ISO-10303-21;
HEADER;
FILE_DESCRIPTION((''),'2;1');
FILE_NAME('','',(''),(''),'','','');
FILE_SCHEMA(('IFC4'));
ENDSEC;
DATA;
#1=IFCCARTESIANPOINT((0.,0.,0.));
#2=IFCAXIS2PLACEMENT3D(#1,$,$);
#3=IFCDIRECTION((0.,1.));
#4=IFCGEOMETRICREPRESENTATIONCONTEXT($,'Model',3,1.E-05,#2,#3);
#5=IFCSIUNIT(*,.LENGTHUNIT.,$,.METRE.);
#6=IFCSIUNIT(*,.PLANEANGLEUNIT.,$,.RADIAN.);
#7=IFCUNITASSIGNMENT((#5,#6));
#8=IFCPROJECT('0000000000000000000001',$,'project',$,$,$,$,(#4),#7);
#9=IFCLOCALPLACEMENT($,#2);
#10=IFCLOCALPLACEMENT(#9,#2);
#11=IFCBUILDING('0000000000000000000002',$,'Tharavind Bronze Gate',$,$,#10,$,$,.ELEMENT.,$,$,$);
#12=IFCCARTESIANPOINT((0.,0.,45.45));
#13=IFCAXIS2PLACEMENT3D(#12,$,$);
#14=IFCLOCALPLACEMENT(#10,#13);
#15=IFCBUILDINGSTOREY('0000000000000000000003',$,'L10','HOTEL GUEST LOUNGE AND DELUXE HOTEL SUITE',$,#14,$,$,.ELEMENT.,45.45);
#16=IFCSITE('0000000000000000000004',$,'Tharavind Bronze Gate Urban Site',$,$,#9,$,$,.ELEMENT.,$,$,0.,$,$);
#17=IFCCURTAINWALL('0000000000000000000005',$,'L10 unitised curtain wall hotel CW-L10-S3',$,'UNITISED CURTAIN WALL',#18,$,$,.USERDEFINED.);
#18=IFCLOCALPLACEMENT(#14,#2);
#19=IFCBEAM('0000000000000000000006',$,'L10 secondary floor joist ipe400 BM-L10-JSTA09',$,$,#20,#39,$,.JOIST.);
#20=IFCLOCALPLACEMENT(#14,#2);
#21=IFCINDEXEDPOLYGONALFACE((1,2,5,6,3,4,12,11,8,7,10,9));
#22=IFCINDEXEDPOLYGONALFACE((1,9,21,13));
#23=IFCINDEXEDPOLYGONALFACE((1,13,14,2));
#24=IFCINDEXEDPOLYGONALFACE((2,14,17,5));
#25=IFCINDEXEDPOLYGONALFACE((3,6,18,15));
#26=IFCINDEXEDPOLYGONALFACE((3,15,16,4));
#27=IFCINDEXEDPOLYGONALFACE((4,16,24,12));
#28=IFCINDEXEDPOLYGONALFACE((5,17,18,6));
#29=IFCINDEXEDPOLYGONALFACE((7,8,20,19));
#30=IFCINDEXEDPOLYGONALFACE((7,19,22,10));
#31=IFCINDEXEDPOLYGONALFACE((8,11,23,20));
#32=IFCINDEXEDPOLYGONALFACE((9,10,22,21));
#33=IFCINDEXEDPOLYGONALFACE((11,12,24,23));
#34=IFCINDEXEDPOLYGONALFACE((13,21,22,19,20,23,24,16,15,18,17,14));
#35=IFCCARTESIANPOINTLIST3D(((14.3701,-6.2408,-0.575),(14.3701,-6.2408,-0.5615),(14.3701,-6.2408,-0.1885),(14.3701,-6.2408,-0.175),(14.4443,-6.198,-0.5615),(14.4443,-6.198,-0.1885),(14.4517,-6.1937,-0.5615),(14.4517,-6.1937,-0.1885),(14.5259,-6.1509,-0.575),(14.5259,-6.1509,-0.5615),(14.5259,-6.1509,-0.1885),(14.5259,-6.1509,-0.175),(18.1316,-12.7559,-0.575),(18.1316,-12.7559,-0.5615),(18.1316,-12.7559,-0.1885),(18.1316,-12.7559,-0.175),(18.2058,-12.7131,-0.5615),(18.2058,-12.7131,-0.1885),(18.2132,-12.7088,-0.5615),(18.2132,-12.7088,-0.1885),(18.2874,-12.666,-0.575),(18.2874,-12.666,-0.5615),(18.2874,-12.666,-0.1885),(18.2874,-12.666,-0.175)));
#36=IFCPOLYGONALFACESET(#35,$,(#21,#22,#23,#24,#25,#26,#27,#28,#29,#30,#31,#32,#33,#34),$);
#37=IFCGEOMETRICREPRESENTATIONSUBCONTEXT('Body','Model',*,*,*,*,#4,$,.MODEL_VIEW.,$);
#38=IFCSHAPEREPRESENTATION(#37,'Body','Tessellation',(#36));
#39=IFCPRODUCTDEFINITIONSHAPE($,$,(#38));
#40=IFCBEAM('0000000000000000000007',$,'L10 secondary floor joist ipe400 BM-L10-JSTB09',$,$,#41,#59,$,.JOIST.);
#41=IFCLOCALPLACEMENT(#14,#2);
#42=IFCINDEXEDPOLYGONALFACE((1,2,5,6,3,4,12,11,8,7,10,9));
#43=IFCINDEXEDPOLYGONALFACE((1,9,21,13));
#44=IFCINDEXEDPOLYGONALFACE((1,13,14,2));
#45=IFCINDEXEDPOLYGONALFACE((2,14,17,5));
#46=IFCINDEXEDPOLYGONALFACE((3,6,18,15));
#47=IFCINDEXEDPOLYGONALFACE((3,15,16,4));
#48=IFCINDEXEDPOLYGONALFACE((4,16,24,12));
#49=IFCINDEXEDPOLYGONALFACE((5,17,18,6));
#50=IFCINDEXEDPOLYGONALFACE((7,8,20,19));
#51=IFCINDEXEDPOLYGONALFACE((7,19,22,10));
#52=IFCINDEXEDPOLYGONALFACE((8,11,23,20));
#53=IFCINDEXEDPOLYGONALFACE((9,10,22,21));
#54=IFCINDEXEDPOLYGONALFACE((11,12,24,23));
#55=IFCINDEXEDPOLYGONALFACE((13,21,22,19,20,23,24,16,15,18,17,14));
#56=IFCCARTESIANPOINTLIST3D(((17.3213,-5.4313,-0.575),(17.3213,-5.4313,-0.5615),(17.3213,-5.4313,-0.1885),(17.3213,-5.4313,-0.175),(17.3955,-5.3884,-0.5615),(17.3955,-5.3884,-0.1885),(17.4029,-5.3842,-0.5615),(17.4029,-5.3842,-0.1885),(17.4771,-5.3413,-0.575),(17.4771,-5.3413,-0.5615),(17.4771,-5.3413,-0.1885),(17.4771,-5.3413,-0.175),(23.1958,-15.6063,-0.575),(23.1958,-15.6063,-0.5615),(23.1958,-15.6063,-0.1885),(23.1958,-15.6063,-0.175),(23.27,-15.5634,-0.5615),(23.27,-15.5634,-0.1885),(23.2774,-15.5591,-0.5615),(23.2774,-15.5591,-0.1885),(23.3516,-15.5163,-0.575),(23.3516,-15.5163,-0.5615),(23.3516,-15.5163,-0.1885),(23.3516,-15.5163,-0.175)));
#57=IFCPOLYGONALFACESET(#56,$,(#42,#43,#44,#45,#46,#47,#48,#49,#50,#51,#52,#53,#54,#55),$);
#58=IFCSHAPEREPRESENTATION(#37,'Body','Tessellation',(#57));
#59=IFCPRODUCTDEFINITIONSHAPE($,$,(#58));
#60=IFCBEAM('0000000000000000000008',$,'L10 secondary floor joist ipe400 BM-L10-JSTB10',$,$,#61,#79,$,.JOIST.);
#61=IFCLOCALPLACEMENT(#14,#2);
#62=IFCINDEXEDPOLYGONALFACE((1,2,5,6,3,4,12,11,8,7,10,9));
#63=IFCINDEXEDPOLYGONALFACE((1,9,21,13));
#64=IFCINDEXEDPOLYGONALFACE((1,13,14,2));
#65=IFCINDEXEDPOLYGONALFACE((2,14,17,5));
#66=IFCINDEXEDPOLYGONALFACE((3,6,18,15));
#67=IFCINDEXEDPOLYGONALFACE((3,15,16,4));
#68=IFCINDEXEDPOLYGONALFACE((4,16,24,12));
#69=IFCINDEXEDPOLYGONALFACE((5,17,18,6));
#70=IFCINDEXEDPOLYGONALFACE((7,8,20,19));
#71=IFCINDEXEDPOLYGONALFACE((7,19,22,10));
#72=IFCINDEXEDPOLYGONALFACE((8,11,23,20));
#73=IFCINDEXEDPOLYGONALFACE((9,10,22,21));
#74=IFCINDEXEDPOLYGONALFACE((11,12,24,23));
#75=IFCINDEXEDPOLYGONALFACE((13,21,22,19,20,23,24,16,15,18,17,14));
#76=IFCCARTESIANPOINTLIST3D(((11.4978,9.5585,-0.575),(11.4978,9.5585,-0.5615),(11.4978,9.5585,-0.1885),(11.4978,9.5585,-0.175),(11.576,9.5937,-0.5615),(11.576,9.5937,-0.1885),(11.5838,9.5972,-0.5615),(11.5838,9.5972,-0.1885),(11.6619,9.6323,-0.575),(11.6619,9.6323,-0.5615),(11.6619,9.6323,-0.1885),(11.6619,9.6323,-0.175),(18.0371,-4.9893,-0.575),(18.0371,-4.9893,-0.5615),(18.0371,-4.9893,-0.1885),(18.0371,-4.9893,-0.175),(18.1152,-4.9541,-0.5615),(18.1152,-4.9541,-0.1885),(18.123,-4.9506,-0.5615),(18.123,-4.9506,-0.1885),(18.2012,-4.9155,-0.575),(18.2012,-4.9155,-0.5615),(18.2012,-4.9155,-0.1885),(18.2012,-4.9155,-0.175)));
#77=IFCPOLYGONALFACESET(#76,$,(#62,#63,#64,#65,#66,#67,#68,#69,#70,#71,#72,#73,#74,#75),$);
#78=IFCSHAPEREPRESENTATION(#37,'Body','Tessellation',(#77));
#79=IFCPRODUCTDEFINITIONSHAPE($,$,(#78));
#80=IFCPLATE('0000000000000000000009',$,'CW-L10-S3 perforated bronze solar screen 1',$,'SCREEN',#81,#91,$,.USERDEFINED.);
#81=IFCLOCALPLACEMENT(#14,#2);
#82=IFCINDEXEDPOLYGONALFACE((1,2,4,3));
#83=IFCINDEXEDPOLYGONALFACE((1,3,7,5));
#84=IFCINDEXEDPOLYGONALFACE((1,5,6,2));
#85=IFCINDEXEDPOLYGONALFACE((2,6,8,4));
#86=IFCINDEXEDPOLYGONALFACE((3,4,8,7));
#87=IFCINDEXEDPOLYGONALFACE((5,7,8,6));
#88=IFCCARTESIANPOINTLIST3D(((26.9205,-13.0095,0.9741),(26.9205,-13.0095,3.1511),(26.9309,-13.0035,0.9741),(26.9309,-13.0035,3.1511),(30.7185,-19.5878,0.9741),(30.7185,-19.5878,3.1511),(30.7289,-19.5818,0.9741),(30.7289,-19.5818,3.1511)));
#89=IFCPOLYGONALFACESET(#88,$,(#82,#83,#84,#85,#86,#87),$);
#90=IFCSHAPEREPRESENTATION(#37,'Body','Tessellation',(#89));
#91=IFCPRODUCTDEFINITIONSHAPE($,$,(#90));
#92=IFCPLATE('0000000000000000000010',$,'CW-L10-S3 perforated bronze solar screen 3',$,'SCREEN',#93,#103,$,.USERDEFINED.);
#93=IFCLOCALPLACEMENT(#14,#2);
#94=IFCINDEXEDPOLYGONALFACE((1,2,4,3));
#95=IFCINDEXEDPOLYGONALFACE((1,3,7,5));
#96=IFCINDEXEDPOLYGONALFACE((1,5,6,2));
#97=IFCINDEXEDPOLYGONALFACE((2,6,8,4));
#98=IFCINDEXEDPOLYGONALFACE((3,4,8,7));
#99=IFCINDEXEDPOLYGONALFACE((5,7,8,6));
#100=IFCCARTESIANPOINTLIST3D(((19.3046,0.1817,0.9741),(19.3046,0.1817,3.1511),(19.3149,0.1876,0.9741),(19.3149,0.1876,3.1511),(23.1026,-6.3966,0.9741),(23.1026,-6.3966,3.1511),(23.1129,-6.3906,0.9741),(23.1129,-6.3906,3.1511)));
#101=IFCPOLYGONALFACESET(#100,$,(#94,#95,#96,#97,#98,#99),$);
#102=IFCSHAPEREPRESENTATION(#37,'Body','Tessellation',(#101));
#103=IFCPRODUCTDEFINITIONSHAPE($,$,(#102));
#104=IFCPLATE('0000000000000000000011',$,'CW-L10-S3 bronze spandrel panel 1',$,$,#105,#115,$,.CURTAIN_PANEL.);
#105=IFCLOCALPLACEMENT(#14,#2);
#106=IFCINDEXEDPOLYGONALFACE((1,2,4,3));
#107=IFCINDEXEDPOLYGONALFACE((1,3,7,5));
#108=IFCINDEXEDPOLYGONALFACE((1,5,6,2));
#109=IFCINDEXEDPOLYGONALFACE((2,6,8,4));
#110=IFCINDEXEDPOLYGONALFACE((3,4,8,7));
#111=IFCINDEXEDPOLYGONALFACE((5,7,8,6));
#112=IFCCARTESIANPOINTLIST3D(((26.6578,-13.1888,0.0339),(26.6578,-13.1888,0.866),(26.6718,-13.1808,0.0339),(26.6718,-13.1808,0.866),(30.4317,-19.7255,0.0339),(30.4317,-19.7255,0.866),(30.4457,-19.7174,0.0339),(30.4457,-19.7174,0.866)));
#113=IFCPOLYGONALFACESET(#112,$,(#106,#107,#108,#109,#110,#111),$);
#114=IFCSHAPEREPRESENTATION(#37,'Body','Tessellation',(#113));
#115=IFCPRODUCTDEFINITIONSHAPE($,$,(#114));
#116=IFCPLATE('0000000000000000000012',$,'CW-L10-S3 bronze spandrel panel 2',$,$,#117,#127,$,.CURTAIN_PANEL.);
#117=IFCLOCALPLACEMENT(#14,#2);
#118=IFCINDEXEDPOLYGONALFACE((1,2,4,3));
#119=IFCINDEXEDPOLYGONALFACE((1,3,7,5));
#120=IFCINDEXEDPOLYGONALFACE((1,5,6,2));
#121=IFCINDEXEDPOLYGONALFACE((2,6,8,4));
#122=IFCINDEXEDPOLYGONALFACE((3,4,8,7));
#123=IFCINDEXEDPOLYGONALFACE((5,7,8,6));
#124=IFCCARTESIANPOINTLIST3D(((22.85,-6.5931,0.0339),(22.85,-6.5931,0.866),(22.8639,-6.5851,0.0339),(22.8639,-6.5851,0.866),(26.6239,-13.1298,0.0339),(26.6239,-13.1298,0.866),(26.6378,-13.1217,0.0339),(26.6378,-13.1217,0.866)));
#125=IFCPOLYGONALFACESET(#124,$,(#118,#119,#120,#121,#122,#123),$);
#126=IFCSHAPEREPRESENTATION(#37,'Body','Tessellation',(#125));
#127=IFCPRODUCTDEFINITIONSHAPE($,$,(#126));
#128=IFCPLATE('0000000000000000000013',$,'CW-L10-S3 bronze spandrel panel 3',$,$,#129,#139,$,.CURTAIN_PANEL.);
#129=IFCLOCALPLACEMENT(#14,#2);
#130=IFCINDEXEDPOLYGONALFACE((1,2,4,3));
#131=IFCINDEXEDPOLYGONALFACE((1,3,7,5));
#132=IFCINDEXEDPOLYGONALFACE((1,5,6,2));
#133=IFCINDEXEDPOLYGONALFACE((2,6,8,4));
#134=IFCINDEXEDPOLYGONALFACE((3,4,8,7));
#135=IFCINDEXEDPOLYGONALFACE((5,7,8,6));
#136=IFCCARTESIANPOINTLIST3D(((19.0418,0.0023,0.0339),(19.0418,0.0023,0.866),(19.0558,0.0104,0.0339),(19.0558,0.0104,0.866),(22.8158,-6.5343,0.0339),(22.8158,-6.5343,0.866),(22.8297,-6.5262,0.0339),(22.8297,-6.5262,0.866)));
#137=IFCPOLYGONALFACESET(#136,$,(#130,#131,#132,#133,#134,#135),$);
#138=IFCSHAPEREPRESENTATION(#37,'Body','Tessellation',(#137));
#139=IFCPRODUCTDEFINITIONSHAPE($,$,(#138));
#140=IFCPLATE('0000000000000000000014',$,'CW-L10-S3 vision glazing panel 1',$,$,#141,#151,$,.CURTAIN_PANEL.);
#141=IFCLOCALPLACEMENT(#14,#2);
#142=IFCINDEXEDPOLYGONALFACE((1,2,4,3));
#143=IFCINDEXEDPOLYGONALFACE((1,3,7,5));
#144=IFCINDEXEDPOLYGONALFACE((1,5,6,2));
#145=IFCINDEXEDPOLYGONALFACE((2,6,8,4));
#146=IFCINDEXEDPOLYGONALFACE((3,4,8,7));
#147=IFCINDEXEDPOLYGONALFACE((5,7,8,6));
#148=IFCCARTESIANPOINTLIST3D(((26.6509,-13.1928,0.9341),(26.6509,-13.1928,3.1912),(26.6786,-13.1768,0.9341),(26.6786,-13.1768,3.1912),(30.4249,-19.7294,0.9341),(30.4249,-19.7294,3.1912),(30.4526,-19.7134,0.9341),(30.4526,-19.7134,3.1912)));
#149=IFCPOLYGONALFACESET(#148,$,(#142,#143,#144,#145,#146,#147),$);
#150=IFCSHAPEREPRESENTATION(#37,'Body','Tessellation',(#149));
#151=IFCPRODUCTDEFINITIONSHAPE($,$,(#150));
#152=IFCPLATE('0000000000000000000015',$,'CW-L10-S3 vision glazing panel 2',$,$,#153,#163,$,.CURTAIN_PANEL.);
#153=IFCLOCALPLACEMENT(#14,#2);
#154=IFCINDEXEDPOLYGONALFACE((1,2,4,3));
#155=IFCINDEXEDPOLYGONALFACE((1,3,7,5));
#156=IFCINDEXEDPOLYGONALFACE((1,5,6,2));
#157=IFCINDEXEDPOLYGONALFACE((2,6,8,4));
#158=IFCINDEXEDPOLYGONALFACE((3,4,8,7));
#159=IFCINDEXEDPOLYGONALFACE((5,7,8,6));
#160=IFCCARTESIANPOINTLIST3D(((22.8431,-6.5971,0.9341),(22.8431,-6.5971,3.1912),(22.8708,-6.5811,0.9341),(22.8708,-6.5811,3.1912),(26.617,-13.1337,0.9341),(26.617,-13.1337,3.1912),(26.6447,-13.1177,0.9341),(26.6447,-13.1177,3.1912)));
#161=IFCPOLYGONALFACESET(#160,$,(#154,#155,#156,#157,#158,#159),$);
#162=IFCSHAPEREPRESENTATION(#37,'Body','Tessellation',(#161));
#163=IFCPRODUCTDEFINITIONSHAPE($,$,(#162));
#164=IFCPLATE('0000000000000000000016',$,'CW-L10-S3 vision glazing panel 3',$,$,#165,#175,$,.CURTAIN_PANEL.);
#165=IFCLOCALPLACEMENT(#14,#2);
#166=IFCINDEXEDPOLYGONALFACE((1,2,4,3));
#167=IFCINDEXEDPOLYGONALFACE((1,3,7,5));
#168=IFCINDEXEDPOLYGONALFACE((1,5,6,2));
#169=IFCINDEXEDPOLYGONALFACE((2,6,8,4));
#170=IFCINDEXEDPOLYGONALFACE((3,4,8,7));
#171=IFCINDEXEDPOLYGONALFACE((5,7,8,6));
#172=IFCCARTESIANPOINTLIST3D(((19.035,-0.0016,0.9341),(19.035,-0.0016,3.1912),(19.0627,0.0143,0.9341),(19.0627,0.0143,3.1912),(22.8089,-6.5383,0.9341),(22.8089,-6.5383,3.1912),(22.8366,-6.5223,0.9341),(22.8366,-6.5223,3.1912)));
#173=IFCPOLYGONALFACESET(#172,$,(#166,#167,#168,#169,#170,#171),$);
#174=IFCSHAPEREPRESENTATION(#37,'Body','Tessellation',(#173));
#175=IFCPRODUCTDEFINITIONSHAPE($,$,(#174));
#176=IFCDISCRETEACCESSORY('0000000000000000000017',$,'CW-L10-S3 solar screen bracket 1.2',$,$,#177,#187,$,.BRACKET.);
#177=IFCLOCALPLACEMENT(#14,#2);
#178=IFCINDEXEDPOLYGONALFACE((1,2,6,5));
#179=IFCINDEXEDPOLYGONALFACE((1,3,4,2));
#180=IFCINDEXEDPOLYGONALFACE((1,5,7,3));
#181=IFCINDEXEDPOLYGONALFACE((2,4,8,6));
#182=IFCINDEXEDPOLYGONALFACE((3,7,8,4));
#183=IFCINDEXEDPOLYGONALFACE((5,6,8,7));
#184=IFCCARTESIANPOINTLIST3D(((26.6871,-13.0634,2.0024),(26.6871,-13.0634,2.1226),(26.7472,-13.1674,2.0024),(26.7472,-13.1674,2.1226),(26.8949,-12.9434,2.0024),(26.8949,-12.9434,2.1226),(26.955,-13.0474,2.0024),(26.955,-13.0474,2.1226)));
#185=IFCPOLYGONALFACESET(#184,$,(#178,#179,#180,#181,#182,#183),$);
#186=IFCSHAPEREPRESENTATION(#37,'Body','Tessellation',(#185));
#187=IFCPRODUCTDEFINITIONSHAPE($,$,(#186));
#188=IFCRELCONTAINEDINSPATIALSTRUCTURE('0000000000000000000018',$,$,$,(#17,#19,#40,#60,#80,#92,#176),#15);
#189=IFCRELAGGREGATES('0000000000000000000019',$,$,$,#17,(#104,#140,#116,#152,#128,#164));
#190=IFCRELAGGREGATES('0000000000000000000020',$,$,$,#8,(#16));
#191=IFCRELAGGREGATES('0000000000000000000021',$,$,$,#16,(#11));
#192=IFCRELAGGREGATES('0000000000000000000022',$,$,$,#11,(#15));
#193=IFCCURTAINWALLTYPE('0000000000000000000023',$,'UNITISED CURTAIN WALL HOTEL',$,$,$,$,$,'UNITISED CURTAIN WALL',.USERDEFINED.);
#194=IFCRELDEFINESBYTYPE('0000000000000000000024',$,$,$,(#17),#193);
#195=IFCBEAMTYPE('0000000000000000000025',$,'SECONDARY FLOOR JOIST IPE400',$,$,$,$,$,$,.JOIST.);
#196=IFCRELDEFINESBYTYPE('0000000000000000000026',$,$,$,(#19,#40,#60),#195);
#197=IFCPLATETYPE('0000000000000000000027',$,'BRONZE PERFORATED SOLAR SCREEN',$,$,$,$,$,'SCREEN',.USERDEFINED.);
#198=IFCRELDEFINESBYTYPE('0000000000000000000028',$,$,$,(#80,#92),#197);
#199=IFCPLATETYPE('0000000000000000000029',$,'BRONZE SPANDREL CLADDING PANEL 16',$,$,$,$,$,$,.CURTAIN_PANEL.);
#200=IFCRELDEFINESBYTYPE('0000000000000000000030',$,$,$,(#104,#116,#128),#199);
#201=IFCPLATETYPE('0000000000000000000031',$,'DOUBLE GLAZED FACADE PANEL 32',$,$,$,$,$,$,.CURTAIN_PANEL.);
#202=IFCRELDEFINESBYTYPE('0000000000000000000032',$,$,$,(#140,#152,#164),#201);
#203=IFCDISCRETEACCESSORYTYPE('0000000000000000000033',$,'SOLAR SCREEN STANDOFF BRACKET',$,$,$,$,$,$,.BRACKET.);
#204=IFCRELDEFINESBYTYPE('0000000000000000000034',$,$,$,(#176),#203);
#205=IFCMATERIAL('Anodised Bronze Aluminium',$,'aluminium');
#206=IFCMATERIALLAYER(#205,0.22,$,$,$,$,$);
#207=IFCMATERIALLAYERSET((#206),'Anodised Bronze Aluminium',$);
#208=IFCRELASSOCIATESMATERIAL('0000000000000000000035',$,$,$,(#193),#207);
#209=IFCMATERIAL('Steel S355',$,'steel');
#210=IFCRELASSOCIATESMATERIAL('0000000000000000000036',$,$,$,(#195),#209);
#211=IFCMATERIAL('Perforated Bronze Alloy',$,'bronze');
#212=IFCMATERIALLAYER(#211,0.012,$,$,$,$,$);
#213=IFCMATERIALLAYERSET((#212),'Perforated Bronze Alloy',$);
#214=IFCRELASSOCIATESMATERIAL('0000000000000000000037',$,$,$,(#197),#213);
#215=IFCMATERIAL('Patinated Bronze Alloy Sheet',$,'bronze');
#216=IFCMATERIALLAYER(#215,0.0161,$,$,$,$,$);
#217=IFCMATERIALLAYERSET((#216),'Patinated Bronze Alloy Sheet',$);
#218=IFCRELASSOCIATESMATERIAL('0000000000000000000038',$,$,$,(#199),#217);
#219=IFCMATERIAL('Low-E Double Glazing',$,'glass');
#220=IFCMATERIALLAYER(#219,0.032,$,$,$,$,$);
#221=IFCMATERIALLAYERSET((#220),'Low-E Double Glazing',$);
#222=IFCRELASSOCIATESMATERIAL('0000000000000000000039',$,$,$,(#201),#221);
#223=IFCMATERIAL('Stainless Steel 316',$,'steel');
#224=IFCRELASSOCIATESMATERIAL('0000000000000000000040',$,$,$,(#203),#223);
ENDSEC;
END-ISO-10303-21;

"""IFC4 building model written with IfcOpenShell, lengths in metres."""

from ifc_helpers import new_model, si_unit, direction, frame, origin, origin_2d, place, context, subcontext, project, spatial, rectangle, i_section, extrude, material, layer, layer_set, material_profile, profile_set, type_object, element, aggregate, save


model = new_model("IFC4")

# Units and contexts
model_context = context("Model", 3, precision=1e-05, world=origin(), true_north=direction((0.0, 1.0)))
body_context = subcontext(model_context, "Body", "Model", "MODEL_VIEW")
ifc_project = project(units=[si_unit("LENGTHUNIT", "METRE"), si_unit("PLANEANGLEUNIT", "RADIAN")], contexts=[model_context])

# Site, building, storey
site_placement = place(None, origin())
site = spatial("IfcSite", under=ifc_project, at=site_placement, Name="Tharavind Bronze Gate Urban Site", CompositionType="ELEMENT", RefElevation=0.0)
building_placement = place(site_placement, origin())
building = spatial("IfcBuilding", under=site, at=building_placement, Name="Tharavind Bronze Gate", CompositionType="ELEMENT")
storey_placement = place(building_placement, frame((0.0, 0.0, 45.45)))
storey = spatial("IfcBuildingStorey", under=building, at=storey_placement, Name="L10", Description="HOTEL GUEST LOUNGE AND DELUXE HOTEL SUITE", CompositionType="ELEMENT", Elevation=45.45)

# Curtain wall
ifc_material_1 = material(Name="Anodised Bronze Aluminium", Category="aluminium")
ifc_layer_1 = layer(ifc_material_1, 0.22)
ifc_layer_set_1 = layer_set([ifc_layer_1], Name="Anodised Bronze Aluminium")
curtain_wall_type = type_object("IfcCurtainWallType", Name="UNITISED CURTAIN WALL HOTEL", ElementType="UNITISED CURTAIN WALL", PredefinedType="USERDEFINED", material=ifc_layer_set_1)
curtain_wall_placement = place(storey_placement, origin())
curtain_wall = element("IfcCurtainWall", 1, at=curtain_wall_placement, inside=storey, type_object=curtain_wall_type, Name="L10 unitised curtain wall hotel CW-L10-S3", ObjectType="UNITISED CURTAIN WALL", PredefinedType="USERDEFINED")

# Beams
ifc_material_2 = material(Name="Steel S355", Category="steel")
ifc_material_profile_1 = material_profile(ifc_material_2, i_section(OverallWidth=0.1799, OverallDepth=0.3999, WebThickness=0.0085, FlangeThickness=0.0134, at=origin_2d()), Name="IPE400")
ifc_profile_set_1 = profile_set([ifc_material_profile_1], Name="Steel S355")
beam_type_1 = type_object("IfcBeamType", Name="SECONDARY FLOOR JOIST IPE400", PredefinedType="JOIST", material=ifc_profile_set_1)
beam_1_placement = place(storey_placement, frame((18.2095, -12.7109, -0.375), z_axis=(-0.499996, 0.866028, 0.0), x_axis=(-0.866028, -0.499996, 0.0)))
element("IfcBeam", 2, at=beam_1_placement, inside=storey, type_object=beam_type_1, Name="L10 secondary floor joist ipe400 BM-L10-JSTA09", PredefinedType="JOIST", context=body_context, shape_type="SweptSolid", body=[
    extrude(i_section(OverallWidth=0.1799, OverallDepth=0.3999, WebThickness=0.0085, FlangeThickness=0.0134, at=origin_2d()), origin(), (0.0, 0.0, 1.0), 7.5229),
])
beam_2_placement = place(storey_placement, frame((23.2737, -15.5613, -0.375), z_axis=(-0.499996, 0.866027, 0.0), x_axis=(-0.866027, -0.499996, 0.0)))
element("IfcBeam", 3, at=beam_2_placement, inside=storey, type_object=beam_type_1, Name="L10 secondary floor joist ipe400 BM-L10-JSTB09", PredefinedType="JOIST", context=body_context, shape_type="SweptSolid", body=[
    extrude(i_section(OverallWidth=0.1799, OverallDepth=0.3999, WebThickness=0.0085, FlangeThickness=0.0134, at=origin_2d()), origin(), (0.0, 0.0, 1.0), 11.749),
])
beam_3_placement = place(storey_placement, frame((18.1191, -4.9524, -0.375), z_axis=(-0.409988, 0.912091, 0.0), x_axis=(-0.912091, -0.409988, 0.0)))
element("IfcBeam", 4, at=beam_3_placement, inside=storey, type_object=beam_type_1, Name="L10 secondary floor joist ipe400 BM-L10-JSTB10", PredefinedType="JOIST", context=body_context, shape_type="SweptSolid", body=[
    extrude(i_section(OverallWidth=0.1799, OverallDepth=0.3999, WebThickness=0.0085, FlangeThickness=0.0134, at=origin_2d()), origin(), (0.0, 0.0, 1.0), 15.95),
])

# Plates
ifc_material_3 = material(Name="Perforated Bronze Alloy", Category="bronze")
ifc_layer_2 = layer(ifc_material_3, 0.012)
ifc_layer_set_2 = layer_set([ifc_layer_2], Name="Perforated Bronze Alloy")
plate_type_1 = type_object("IfcPlateType", Name="BRONZE PERFORATED SOLAR SCREEN", ElementType="SCREEN", PredefinedType="USERDEFINED", material=ifc_layer_set_2)
for number, where, z_axis, x_axis, name in (
    (5, (28.8247, -16.2957, 0.9741), (0.0, 0.0, 1.0), (-0.500002, 0.866025, 0.0), "CW-L10-S3 perforated bronze solar screen 1"),
    (6, (21.2087, -3.1045, 0.9741), (0.0, 0.0, 1.0), (-0.500002, 0.866025, 0.0), "CW-L10-S3 perforated bronze solar screen 3"),
):
    element("IfcPlate", number, at=place(storey_placement, frame(where, z_axis=z_axis, x_axis=x_axis)), inside=storey, type_object=plate_type_1, Name=name, ObjectType="SCREEN", PredefinedType="USERDEFINED", context=body_context, shape_type="SweptSolid", body=[
        extrude(rectangle(XDim=7.5959, YDim=0.012, at=origin_2d()), origin(), (0.0, 0.0, 1.0), 2.177),
    ])

# Plates
ifc_material_4 = material(Name="Patinated Bronze Alloy Sheet", Category="bronze")
ifc_layer_3 = layer(ifc_material_4, 0.0161)
ifc_layer_set_3 = layer_set([ifc_layer_3], Name="Patinated Bronze Alloy Sheet")
plate_type_2 = type_object("IfcPlateType", Name="BRONZE SPANDREL CLADDING PANEL 16", PredefinedType="CURTAIN_PANEL", material=ifc_layer_set_3)
plate_1_placement = place(storey_placement, frame((28.5518, -16.4531, 0.0339), z_axis=(0.0, 0.0, 1.0), x_axis=(-0.500002, 0.866025, 0.0)))
plate_1 = element("IfcPlate", 7, at=plate_1_placement, type_object=plate_type_2, Name="CW-L10-S3 bronze spandrel panel 1", PredefinedType="CURTAIN_PANEL", context=body_context, shape_type="SweptSolid", body=[
    extrude(rectangle(XDim=7.5479, YDim=0.0161, at=origin_2d()), origin(), (0.0, 0.0, 1.0), 0.832),
])
plate_2_placement = place(storey_placement, frame((24.7439, -9.8574, 0.0339), z_axis=(0.0, 0.0, 1.0), x_axis=(-0.500002, 0.866025, 0.0)))
plate_2 = element("IfcPlate", 8, at=plate_2_placement, type_object=plate_type_2, Name="CW-L10-S3 bronze spandrel panel 2", PredefinedType="CURTAIN_PANEL", context=body_context, shape_type="SweptSolid", body=[
    extrude(rectangle(XDim=7.5479, YDim=0.0161, at=origin_2d()), origin(), (0.0, 0.0, 1.0), 0.832),
])
plate_3_placement = place(storey_placement, frame((20.9358, -3.262, 0.0339), z_axis=(0.0, 0.0, 1.0), x_axis=(-0.500002, 0.866025, 0.0)))
plate_3 = element("IfcPlate", 9, at=plate_3_placement, type_object=plate_type_2, Name="CW-L10-S3 bronze spandrel panel 3", PredefinedType="CURTAIN_PANEL", context=body_context, shape_type="SweptSolid", body=[
    extrude(rectangle(XDim=7.5479, YDim=0.0161, at=origin_2d()), origin(), (0.0, 0.0, 1.0), 0.832),
])
ifc_material_5 = material(Name="Low-E Double Glazing", Category="glass")
ifc_layer_4 = layer(ifc_material_5, 0.032)
ifc_layer_set_4 = layer_set([ifc_layer_4], Name="Low-E Double Glazing")
plate_type_3 = type_object("IfcPlateType", Name="DOUBLE GLAZED FACADE PANEL 32", PredefinedType="CURTAIN_PANEL", material=ifc_layer_set_4)
plate_4_placement = place(storey_placement, frame((28.5518, -16.4531, 0.9341), z_axis=(0.0, 0.0, 1.0), x_axis=(-0.500002, 0.866025, 0.0)))
plate_4 = element("IfcPlate", 10, at=plate_4_placement, type_object=plate_type_3, Name="CW-L10-S3 vision glazing panel 1", PredefinedType="CURTAIN_PANEL", context=body_context, shape_type="SweptSolid", body=[
    extrude(rectangle(XDim=7.5479, YDim=0.032, at=origin_2d()), origin(), (0.0, 0.0, 1.0), 2.2571),
])
plate_5_placement = place(storey_placement, frame((24.7439, -9.8574, 0.9341), z_axis=(0.0, 0.0, 1.0), x_axis=(-0.500002, 0.866025, 0.0)))
plate_5 = element("IfcPlate", 11, at=plate_5_placement, type_object=plate_type_3, Name="CW-L10-S3 vision glazing panel 2", PredefinedType="CURTAIN_PANEL", context=body_context, shape_type="SweptSolid", body=[
    extrude(rectangle(XDim=7.5479, YDim=0.032, at=origin_2d()), origin(), (0.0, 0.0, 1.0), 2.2571),
])
plate_6_placement = place(storey_placement, frame((20.9358, -3.262, 0.9341), z_axis=(0.0, 0.0, 1.0), x_axis=(-0.500002, 0.866025, 0.0)))
plate_6 = element("IfcPlate", 12, at=plate_6_placement, type_object=plate_type_3, Name="CW-L10-S3 vision glazing panel 3", PredefinedType="CURTAIN_PANEL", context=body_context, shape_type="SweptSolid", body=[
    extrude(rectangle(XDim=7.5479, YDim=0.032, at=origin_2d()), origin(), (0.0, 0.0, 1.0), 2.2571),
])
aggregate(curtain_wall, [plate_1, plate_4, plate_2, plate_5, plate_3, plate_6])

# Discrete accessory
ifc_material_6 = material(Name="Stainless Steel 316", Category="steel")
discrete_accessory_type = type_object("IfcDiscreteAccessoryType", Name="SOLAR SCREEN STANDOFF BRACKET", PredefinedType="BRACKET", material=ifc_material_6)
for number, where, z_axis, x_axis, name in (
    (13, (26.821, -13.0554, 2.0024), (0.0, 0.0, 1.0), (-0.500002, 0.866025, 0.0), "CW-L10-S3 solar screen bracket 1.2"),
):
    element("IfcDiscreteAccessory", number, at=place(storey_placement, frame(where, z_axis=z_axis, x_axis=x_axis)), inside=storey, type_object=discrete_accessory_type, Name=name, PredefinedType="BRACKET", context=body_context, shape_type="SweptSolid", body=[
        extrude(rectangle(XDim=0.1201, YDim=0.24, at=origin_2d()), origin(), (0.0, 0.0, 1.0), 0.1201),
    ])

save(model, "model.ifc")
